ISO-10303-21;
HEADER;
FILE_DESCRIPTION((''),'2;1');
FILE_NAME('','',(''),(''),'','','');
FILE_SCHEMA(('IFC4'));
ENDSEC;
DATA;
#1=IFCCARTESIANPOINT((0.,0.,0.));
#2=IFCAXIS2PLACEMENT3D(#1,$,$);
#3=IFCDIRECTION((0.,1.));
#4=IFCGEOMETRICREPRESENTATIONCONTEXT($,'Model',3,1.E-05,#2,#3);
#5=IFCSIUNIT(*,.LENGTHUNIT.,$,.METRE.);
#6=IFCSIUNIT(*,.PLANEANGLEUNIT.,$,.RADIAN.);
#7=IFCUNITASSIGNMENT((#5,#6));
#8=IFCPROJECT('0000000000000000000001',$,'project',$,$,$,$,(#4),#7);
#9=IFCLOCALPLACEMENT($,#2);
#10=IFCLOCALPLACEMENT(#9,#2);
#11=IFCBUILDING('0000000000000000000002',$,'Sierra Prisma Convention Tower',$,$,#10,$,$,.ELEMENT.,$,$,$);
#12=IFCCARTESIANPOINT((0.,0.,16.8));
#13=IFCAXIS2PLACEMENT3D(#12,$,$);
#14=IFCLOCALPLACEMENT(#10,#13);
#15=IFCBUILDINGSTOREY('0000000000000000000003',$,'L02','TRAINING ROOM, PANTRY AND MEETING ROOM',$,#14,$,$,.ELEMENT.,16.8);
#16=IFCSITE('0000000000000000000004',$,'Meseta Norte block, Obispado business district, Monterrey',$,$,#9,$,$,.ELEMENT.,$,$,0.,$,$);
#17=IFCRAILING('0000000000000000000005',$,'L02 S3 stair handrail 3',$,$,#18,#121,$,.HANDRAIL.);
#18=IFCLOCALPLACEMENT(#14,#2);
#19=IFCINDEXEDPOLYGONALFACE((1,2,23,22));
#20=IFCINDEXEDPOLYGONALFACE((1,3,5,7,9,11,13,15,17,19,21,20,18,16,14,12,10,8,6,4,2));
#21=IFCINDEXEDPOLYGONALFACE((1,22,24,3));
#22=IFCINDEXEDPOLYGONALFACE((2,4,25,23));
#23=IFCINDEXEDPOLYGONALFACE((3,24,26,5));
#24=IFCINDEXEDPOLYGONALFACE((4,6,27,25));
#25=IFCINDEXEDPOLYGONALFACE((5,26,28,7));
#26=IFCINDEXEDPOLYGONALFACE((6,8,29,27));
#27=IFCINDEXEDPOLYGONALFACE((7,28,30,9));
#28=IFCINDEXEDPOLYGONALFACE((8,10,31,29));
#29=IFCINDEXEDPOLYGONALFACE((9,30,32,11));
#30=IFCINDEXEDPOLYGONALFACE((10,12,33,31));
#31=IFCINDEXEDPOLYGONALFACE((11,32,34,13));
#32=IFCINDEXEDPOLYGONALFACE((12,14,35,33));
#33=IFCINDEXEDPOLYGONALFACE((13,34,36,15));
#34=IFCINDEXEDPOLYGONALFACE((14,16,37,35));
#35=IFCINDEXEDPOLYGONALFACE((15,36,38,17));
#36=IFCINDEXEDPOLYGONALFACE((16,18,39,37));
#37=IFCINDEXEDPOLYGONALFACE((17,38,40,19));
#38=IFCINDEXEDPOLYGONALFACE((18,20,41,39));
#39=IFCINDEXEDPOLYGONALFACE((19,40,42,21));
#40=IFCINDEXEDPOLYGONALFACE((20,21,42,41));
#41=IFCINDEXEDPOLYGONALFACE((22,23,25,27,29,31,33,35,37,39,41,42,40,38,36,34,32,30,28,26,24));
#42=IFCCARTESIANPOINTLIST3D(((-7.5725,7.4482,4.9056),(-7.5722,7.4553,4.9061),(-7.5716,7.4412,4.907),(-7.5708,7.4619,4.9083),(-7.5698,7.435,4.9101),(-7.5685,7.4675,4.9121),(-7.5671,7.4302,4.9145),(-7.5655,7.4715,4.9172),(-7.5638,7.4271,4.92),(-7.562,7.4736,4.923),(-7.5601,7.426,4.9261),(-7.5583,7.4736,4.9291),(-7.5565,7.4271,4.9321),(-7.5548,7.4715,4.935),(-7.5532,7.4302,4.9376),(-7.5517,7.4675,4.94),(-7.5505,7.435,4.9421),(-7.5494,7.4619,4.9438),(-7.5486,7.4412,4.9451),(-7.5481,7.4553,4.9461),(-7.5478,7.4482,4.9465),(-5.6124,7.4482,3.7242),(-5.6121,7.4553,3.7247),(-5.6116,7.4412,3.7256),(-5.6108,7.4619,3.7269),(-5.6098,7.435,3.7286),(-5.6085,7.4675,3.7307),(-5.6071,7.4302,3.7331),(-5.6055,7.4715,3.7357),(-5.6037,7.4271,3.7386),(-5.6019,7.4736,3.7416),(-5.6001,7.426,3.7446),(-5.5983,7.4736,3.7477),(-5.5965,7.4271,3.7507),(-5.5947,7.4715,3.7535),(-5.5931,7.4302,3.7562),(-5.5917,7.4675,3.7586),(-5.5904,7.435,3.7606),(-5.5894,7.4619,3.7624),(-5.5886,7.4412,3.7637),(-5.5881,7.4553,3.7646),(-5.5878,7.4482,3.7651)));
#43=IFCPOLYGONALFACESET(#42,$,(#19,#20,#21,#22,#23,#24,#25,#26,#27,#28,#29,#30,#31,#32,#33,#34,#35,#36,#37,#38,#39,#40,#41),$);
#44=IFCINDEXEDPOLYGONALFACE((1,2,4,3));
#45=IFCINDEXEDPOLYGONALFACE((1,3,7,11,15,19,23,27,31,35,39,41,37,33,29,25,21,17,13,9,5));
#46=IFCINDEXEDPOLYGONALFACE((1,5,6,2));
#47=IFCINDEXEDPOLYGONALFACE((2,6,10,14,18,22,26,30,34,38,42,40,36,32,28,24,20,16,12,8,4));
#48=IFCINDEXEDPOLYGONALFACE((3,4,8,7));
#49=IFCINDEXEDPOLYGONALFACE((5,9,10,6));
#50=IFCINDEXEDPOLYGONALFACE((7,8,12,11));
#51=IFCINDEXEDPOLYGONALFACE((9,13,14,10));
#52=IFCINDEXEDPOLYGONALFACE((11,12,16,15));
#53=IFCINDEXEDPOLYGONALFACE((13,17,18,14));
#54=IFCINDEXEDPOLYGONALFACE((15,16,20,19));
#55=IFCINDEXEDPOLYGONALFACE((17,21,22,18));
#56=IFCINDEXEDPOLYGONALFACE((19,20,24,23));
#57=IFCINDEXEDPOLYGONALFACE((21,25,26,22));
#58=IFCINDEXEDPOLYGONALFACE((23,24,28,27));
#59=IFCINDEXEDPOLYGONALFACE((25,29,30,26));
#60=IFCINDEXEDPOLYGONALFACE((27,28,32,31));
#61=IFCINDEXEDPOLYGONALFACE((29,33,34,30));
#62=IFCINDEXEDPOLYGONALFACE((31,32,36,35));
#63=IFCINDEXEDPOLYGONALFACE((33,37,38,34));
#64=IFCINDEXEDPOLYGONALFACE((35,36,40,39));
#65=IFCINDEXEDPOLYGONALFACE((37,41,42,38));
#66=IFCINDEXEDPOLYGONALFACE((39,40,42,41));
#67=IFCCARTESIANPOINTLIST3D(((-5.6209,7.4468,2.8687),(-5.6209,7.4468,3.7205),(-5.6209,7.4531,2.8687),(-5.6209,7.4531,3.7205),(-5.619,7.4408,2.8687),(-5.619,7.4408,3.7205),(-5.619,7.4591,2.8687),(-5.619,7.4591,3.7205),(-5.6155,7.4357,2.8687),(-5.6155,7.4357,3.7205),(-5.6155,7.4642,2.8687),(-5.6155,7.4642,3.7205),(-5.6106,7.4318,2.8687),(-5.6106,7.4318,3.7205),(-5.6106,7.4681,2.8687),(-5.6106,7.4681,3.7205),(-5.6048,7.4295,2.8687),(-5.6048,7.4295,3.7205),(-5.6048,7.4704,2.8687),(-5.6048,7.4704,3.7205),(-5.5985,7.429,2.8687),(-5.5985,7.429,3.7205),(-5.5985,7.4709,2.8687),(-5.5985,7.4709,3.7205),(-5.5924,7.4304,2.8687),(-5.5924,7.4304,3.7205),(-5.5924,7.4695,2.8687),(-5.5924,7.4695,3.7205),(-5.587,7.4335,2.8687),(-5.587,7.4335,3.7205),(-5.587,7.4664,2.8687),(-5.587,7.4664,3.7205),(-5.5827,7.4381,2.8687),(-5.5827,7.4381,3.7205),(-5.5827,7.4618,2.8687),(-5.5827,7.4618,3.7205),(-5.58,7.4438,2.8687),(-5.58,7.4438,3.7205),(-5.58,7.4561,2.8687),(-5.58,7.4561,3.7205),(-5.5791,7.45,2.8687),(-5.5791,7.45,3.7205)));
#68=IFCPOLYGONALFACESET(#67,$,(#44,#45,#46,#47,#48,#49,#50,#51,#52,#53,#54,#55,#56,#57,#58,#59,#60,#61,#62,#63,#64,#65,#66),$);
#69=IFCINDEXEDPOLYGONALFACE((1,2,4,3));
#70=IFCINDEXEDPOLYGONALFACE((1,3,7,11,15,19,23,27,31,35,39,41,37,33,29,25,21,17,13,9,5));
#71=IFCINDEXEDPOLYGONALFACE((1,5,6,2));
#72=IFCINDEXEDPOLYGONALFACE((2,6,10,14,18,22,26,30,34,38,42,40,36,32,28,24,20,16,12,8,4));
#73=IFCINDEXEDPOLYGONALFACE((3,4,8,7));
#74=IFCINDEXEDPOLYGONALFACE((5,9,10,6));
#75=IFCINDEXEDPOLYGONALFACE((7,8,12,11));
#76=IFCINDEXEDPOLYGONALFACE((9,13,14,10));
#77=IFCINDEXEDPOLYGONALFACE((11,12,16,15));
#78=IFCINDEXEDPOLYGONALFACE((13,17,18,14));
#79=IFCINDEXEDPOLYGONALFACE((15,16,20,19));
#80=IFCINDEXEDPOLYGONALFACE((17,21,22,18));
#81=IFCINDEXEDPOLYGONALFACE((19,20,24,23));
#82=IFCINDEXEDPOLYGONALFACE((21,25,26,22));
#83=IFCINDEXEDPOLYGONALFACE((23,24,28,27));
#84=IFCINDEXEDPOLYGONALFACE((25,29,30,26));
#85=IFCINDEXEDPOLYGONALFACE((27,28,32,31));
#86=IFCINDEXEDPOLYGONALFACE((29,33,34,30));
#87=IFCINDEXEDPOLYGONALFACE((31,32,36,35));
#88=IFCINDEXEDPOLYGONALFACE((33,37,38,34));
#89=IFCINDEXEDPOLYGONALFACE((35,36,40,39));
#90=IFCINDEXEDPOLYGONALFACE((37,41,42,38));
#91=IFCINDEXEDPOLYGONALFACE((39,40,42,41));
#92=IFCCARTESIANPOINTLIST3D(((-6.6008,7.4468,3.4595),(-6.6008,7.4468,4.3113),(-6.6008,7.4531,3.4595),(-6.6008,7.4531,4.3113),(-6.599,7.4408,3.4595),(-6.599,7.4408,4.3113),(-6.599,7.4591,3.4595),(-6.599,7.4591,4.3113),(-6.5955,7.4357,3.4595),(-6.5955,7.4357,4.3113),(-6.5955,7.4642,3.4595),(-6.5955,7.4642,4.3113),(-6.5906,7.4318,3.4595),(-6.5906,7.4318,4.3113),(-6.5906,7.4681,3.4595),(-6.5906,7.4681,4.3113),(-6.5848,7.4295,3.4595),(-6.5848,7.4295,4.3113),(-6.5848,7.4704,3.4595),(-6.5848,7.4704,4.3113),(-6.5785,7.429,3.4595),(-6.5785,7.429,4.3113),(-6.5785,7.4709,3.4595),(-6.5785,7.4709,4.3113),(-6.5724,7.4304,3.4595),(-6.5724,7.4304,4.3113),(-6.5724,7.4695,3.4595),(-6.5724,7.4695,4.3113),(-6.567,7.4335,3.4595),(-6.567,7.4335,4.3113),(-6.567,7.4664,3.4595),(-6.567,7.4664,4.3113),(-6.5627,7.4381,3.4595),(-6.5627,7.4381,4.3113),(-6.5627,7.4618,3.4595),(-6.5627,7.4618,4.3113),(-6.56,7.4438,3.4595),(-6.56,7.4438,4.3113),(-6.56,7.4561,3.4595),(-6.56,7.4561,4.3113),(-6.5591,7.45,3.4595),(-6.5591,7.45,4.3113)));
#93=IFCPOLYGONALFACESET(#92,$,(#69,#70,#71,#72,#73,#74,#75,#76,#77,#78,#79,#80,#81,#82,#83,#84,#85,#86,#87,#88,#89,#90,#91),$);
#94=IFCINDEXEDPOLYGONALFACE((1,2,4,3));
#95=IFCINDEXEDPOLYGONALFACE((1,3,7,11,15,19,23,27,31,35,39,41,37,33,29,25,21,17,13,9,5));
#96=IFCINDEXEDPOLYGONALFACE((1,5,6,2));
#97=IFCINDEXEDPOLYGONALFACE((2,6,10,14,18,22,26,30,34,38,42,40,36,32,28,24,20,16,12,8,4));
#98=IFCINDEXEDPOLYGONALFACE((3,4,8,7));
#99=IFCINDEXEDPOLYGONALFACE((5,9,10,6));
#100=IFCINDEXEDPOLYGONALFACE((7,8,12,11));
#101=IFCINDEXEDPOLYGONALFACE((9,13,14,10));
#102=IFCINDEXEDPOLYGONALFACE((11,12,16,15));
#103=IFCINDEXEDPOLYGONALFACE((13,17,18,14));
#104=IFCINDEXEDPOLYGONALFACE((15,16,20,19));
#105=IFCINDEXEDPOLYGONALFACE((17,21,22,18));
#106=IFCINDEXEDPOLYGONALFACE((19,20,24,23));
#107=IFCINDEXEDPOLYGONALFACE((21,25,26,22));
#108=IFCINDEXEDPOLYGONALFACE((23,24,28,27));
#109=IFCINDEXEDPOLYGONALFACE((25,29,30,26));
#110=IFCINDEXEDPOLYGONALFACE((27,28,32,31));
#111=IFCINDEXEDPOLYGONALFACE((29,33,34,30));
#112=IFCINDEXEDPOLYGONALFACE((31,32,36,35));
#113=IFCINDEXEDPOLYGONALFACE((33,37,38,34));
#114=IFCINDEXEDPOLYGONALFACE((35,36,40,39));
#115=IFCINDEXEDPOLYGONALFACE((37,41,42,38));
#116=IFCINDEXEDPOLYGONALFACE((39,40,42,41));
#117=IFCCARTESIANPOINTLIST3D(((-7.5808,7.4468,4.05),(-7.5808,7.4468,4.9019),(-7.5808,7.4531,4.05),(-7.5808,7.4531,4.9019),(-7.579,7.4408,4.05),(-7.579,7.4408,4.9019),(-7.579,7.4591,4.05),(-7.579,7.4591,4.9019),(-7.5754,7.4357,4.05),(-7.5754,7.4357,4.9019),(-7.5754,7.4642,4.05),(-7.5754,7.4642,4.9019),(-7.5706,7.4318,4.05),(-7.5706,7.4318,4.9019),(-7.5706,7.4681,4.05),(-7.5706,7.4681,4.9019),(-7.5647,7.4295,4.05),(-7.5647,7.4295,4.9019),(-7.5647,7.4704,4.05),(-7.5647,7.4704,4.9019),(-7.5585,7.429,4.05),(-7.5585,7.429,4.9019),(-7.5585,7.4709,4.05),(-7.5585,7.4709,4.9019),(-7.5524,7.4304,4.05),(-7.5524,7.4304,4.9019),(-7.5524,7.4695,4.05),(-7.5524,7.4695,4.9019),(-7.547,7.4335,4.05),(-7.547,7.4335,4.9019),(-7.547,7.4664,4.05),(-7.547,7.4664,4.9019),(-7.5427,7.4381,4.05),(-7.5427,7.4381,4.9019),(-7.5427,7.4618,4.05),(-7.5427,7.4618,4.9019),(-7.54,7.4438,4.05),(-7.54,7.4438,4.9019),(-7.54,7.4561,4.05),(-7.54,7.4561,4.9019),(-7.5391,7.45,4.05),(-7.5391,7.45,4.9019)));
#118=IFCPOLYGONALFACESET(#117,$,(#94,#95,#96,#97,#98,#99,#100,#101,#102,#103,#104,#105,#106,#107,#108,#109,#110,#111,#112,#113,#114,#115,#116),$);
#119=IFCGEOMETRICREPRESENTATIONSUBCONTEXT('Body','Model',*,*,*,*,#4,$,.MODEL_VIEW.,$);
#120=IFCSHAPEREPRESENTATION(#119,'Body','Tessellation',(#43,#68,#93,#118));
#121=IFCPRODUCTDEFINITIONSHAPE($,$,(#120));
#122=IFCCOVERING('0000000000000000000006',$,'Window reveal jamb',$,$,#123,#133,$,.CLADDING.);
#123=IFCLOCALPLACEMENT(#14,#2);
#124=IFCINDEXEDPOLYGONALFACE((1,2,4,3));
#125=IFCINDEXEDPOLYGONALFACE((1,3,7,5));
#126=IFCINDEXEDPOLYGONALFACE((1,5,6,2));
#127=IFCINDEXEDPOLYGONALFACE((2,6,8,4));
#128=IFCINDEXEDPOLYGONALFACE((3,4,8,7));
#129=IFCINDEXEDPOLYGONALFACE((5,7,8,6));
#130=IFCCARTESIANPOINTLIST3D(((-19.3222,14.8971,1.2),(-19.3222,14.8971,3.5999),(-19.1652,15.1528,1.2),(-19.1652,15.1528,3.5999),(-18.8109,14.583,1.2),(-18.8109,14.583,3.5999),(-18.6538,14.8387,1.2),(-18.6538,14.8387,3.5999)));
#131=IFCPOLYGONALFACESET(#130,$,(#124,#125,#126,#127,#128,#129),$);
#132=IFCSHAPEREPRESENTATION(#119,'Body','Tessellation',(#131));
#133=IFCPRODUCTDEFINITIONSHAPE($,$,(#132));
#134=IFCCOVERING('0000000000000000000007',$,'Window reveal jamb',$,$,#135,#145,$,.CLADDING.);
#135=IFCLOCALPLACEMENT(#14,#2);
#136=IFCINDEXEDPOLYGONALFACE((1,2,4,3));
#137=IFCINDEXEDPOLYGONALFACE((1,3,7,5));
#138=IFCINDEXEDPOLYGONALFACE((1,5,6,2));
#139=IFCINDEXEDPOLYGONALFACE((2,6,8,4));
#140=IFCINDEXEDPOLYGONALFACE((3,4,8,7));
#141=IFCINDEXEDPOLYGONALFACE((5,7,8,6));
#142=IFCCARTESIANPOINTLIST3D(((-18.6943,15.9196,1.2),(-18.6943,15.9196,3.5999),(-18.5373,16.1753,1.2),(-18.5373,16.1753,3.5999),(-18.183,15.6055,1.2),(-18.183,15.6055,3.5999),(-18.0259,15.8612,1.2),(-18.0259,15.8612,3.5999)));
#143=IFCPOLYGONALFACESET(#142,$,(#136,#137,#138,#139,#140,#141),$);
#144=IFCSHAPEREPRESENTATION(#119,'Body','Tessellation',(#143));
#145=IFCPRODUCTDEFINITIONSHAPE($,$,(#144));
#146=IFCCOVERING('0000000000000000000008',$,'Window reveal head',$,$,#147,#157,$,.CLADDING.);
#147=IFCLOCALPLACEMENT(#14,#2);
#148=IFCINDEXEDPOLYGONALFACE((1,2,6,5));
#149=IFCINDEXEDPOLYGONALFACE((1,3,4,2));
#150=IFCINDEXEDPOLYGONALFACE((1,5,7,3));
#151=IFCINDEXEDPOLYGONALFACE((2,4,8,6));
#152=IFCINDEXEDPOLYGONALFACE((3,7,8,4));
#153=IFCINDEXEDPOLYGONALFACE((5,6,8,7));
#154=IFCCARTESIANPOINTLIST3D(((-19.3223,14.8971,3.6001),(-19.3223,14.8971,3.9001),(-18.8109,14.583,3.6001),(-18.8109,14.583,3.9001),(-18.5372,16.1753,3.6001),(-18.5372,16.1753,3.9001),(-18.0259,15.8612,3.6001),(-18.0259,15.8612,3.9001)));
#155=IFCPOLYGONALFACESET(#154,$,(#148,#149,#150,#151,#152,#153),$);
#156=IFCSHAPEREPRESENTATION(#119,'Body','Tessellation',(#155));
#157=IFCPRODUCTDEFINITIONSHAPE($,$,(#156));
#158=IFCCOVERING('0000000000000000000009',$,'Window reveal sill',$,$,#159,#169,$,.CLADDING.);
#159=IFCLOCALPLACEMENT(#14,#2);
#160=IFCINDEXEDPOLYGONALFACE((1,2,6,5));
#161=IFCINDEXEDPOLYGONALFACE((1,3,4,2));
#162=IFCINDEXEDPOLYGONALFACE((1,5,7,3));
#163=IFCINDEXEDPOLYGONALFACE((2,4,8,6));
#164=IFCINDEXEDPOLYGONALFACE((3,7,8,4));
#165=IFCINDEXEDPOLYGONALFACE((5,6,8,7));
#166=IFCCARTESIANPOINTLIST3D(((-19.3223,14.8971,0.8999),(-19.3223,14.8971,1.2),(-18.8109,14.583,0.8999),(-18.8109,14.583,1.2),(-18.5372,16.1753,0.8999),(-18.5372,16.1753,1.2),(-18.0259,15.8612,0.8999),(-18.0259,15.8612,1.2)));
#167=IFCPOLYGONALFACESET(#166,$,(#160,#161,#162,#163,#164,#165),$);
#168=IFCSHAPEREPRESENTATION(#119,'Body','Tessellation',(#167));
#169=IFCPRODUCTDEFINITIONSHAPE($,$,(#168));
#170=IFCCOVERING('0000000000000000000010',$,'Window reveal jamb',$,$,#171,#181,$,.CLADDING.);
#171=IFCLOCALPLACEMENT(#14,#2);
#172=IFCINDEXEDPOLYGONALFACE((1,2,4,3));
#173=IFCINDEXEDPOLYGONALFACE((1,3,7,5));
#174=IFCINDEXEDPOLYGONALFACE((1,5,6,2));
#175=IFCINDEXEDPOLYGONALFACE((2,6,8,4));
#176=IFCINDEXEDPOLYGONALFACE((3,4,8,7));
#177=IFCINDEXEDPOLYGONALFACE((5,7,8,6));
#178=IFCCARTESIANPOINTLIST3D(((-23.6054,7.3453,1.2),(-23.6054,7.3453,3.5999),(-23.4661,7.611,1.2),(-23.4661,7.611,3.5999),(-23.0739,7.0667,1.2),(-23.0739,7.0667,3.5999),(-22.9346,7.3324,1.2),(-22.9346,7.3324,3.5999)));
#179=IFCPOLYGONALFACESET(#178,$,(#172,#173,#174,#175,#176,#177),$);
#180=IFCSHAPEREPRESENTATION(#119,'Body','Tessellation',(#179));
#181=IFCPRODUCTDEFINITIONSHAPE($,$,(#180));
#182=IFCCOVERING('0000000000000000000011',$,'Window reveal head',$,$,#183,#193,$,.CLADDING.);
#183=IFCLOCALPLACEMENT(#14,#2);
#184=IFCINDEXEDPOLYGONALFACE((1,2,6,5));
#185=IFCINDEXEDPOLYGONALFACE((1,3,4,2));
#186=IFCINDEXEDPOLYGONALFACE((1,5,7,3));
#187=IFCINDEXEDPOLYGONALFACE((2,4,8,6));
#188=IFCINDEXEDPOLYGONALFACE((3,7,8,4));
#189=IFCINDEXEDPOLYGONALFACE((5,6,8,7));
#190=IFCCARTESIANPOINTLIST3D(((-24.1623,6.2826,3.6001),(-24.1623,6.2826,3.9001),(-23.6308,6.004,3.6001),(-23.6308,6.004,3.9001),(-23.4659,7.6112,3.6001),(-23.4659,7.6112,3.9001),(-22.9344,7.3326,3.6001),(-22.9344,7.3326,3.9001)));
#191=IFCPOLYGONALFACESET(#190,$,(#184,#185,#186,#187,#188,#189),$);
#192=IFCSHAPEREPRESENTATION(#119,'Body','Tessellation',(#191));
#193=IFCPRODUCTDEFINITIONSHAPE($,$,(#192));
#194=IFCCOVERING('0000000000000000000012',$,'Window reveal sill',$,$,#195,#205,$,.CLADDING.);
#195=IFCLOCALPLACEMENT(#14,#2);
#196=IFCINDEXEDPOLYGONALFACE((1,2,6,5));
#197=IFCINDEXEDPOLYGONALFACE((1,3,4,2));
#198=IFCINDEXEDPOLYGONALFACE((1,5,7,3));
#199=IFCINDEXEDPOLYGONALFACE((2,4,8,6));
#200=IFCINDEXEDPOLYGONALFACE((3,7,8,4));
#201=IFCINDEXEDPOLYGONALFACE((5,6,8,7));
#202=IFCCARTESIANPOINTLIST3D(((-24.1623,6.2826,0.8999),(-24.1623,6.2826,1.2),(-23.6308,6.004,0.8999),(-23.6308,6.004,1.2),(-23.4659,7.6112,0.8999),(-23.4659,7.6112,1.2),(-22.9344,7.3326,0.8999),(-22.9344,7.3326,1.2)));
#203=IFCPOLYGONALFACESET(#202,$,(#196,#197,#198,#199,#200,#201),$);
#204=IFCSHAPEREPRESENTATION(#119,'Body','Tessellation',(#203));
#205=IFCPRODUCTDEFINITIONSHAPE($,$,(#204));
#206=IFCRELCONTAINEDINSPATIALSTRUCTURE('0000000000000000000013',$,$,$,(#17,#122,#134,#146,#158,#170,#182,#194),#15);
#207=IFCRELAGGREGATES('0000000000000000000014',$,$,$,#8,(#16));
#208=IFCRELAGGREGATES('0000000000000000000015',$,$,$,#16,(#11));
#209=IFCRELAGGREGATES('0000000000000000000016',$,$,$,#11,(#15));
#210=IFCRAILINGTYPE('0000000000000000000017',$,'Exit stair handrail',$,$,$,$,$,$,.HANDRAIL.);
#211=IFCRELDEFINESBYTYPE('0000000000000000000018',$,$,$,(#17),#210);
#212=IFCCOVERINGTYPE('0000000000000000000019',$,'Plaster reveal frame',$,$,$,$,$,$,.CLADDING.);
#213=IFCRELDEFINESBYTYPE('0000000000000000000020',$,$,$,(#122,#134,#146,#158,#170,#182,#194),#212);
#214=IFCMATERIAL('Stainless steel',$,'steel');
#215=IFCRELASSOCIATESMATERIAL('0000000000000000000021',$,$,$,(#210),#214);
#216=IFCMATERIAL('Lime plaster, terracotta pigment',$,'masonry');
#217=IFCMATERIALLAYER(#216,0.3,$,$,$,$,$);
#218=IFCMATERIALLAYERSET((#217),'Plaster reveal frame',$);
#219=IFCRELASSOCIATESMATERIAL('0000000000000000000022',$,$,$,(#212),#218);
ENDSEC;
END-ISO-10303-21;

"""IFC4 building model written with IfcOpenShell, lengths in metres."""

from ifc_helpers import new_model, si_unit, direction, frame, origin, origin_2d, place, context, subcontext, project, spatial, rectangle, circle, extrude, material, layer, layer_set, type_object, element, save


model = new_model("IFC4")

# Units and contexts
model_context = context("Model", 3, precision=1e-05, world=origin(), true_north=direction((0.0, 1.0)))
body_context = subcontext(model_context, "Body", "Model", "MODEL_VIEW")
ifc_project = project(units=[si_unit("LENGTHUNIT", "METRE"), si_unit("PLANEANGLEUNIT", "RADIAN")], contexts=[model_context])

# Site, building, storey
site_placement = place(None, origin())
site = spatial("IfcSite", under=ifc_project, at=site_placement, Name="Meseta Norte block, Obispado business district, Monterrey", CompositionType="ELEMENT", RefElevation=0.0)
building_placement = place(site_placement, origin())
building = spatial("IfcBuilding", under=site, at=building_placement, Name="Sierra Prisma Convention Tower", CompositionType="ELEMENT")
storey_placement = place(building_placement, frame((0.0, 0.0, 16.8)))
storey = spatial("IfcBuildingStorey", under=building, at=storey_placement, Name="L02", Description="TRAINING ROOM, PANTRY AND MEETING ROOM", CompositionType="ELEMENT", Elevation=16.8)

# Railing
ifc_material_1 = material(Name="Stainless steel", Category="steel")
railing_type_1 = type_object("IfcRailingType", Name="Exit stair handrail", PredefinedType="HANDRAIL", material=ifc_material_1)
railing_1_placement = place(storey_placement, frame((-5.6001, 7.45, 2.8687)))
element("IfcRailing", 1, at=railing_1_placement, inside=storey, type_object=railing_type_1, Name="L02 S3 stair handrail 3", PredefinedType="HANDRAIL", context=body_context, shape_type="SweptSolid", body=[
    extrude(circle(Radius=0.0239, at=origin_2d()), frame((0.0, 0.0, 0.876), z_axis=(-0.856446, 0.0, 0.516236), x_axis=(0.0, -1.0, 0.0)), (0.0, 0.0, 1.0), 2.2886),
    extrude(circle(Radius=0.021, at=origin_2d()), origin(), (0.0, 0.0, 1.0), 0.8518),
    extrude(circle(Radius=0.021, at=origin_2d()), frame((-0.98, 0.0, 0.5908)), (0.0, 0.0, 1.0), 0.8518),
    extrude(circle(Radius=0.021, at=origin_2d()), frame((-1.96, 0.0, 1.1814)), (0.0, 0.0, 1.0), 0.8518),
])

# Coverings
ifc_material_2 = material(Name="Lime plaster, terracotta pigment", Category="masonry")
ifc_layer_1 = layer(ifc_material_2, 0.3)
ifc_layer_set_1 = layer_set([ifc_layer_1], Name="Plaster reveal frame")
covering_type = type_object("IfcCoveringType", Name="Plaster reveal frame", PredefinedType="CLADDING", material=ifc_layer_set_1)
for number, where, z_axis, x_axis, name in (
    (2, (-18.988, 14.8679, 1.2), (0.0, 0.0, 1.0), (0.523373, 0.852103, 0.0), "Window reveal jamb"),
    (3, (-18.3601, 15.8904, 1.2), (0.0, 0.0, 1.0), (0.523373, 0.852103, 0.0), "Window reveal jamb"),
):
    element("IfcCovering", number, at=place(storey_placement, frame(where, z_axis=z_axis, x_axis=x_axis)), inside=storey, type_object=covering_type, Name=name, PredefinedType="CLADDING", context=body_context, shape_type="SweptSolid", body=[
        extrude(rectangle(XDim=0.3, YDim=0.6001, at=origin_2d()), origin(), (0.0, 0.0, 1.0), 2.3999),
    ])
for number, where, z_axis, x_axis, name in (
    (4, (-18.6741, 15.3792, 3.6001), (0.0, 0.0, 1.0), (0.523373, 0.852103, 0.0), "Window reveal head"),
    (5, (-18.6741, 15.3792, 0.8999), (0.0, 0.0, 1.0), (0.523373, 0.852103, 0.0), "Window reveal sill"),
):
    element("IfcCovering", number, at=place(storey_placement, frame(where, z_axis=z_axis, x_axis=x_axis)), inside=storey, type_object=covering_type, Name=name, PredefinedType="CLADDING", context=body_context, shape_type="SweptSolid", body=[
        extrude(rectangle(XDim=1.5, YDim=0.6001, at=origin_2d()), origin(), (0.0, 0.0, 1.0), 0.3),
    ])
covering_placement = place(storey_placement, frame((-23.27, 7.3389, 1.2), z_axis=(0.0, 0.0, 1.0), x_axis=(0.464253, 0.885703, 0.0)))
element("IfcCovering", 6, at=covering_placement, inside=storey, type_object=covering_type, Name="Window reveal jamb", PredefinedType="CLADDING", context=body_context, shape_type="SweptSolid", body=[
    extrude(rectangle(XDim=0.3, YDim=0.6001, at=origin_2d()), origin(), (0.0, 0.0, 1.0), 2.3999),
])
for number, where, z_axis, x_axis, name in (
    (7, (-23.5483, 6.8076, 3.6001), (0.0, 0.0, 1.0), (0.464253, 0.885703, 0.0), "Window reveal head"),
    (8, (-23.5483, 6.8076, 0.8999), (0.0, 0.0, 1.0), (0.464253, 0.885703, 0.0), "Window reveal sill"),
):
    element("IfcCovering", number, at=place(storey_placement, frame(where, z_axis=z_axis, x_axis=x_axis)), inside=storey, type_object=covering_type, Name=name, PredefinedType="CLADDING", context=body_context, shape_type="SweptSolid", body=[
        extrude(rectangle(XDim=1.5, YDim=0.6001, at=origin_2d()), origin(), (0.0, 0.0, 1.0), 0.3),
    ])

save(model, "model.ifc")
